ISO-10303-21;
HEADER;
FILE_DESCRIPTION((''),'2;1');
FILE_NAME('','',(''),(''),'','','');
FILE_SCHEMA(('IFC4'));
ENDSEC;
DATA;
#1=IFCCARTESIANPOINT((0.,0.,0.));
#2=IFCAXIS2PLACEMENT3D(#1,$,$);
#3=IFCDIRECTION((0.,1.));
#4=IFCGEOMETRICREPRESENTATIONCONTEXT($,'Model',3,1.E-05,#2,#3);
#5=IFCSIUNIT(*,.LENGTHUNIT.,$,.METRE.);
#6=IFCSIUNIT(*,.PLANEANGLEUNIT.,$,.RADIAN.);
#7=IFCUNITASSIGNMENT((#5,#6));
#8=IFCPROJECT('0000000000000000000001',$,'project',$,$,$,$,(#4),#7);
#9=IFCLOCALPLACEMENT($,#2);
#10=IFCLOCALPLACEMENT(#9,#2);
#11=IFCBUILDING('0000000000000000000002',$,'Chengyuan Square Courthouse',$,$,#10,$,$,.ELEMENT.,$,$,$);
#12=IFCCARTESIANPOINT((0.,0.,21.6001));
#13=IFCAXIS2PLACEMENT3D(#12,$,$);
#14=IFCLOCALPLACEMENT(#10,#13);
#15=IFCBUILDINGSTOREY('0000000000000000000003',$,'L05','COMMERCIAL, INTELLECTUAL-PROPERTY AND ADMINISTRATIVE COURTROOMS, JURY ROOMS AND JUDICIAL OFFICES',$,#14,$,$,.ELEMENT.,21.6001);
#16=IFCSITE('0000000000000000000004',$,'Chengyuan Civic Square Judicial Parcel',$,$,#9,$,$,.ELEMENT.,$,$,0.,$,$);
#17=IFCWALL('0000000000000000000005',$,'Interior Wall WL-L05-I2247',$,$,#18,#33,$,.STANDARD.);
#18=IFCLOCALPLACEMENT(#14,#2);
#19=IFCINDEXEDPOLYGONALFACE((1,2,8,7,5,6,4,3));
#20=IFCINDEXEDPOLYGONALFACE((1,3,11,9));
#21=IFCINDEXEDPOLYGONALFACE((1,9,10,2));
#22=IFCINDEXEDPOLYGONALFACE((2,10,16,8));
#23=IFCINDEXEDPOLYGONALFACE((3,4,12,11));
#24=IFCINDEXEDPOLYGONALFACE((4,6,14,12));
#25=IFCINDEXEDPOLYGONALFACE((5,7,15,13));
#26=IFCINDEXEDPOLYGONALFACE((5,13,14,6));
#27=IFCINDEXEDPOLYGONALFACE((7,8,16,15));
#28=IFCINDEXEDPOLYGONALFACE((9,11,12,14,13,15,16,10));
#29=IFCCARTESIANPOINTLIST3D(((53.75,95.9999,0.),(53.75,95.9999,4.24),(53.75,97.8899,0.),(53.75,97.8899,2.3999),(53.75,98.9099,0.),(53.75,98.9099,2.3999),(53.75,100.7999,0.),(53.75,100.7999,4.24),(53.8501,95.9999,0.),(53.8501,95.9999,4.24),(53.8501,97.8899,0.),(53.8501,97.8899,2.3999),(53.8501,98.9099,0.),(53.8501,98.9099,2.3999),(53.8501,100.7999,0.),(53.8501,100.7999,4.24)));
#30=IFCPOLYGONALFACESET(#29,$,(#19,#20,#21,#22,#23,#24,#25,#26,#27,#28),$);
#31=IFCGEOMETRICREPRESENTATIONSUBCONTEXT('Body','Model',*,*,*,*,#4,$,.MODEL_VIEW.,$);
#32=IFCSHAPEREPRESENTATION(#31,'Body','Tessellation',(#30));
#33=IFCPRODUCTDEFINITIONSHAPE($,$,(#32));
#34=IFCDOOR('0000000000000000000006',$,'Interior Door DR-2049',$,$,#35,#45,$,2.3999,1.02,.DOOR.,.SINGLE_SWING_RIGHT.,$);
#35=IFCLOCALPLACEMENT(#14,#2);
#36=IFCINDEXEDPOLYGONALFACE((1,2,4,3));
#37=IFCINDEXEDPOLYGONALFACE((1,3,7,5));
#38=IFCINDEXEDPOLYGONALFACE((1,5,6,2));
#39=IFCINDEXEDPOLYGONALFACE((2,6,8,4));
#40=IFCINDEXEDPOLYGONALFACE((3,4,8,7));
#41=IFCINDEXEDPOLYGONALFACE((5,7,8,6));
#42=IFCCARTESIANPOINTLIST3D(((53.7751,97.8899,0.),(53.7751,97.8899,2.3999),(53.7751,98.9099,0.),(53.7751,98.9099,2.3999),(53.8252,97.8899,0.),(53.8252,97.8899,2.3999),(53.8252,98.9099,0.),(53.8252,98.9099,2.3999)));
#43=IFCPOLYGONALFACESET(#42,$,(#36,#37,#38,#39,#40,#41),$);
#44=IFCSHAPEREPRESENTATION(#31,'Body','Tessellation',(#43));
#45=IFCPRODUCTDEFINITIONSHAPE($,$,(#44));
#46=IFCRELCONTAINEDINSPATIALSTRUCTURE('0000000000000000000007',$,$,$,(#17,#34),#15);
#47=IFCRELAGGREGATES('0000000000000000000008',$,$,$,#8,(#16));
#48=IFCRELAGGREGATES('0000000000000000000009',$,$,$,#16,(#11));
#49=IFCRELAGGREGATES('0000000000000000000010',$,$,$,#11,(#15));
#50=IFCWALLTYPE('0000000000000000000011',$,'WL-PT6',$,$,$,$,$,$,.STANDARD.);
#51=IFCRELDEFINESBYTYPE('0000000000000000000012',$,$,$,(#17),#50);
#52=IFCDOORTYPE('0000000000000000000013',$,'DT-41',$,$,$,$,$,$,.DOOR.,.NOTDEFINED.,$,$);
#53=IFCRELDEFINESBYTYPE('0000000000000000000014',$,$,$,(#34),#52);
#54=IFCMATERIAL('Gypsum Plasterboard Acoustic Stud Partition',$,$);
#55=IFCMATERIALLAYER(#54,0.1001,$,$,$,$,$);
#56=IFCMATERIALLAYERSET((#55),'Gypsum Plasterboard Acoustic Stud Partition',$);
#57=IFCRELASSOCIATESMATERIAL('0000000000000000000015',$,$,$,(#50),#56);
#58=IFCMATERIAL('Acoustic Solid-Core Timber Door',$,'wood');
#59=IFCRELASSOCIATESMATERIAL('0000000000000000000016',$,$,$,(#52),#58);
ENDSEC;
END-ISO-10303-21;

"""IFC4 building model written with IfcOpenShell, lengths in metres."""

from ifc_helpers import new_model, si_unit, direction, frame, frame_2d, origin, place, context, subcontext, project, spatial, rectangle, extrude, material, layer, layer_set, type_object, element, fill, save


model = new_model("IFC4")

# Units and contexts
model_context = context("Model", 3, precision=1e-05, world=origin(), true_north=direction((0.0, 1.0)))
body_context = subcontext(model_context, "Body", "Model", "MODEL_VIEW")
ifc_project = project(units=[si_unit("LENGTHUNIT", "METRE"), si_unit("PLANEANGLEUNIT", "RADIAN")], contexts=[model_context])

# Site, building, storey
site_placement = place(None, origin())
site = spatial("IfcSite", under=ifc_project, at=site_placement, Name="Chengyuan Civic Square Judicial Parcel", CompositionType="ELEMENT", RefElevation=0.0)
building_placement = place(site_placement, origin())
building = spatial("IfcBuilding", under=site, at=building_placement, Name="Chengyuan Square Courthouse", CompositionType="ELEMENT")
storey_placement = place(building_placement, frame((0.0, 0.0, 21.6001)))
storey = spatial("IfcBuildingStorey", under=building, at=storey_placement, Name="L05", Description="COMMERCIAL, INTELLECTUAL-PROPERTY AND ADMINISTRATIVE COURTROOMS, JURY ROOMS AND JUDICIAL OFFICES", CompositionType="ELEMENT", Elevation=21.6001)

# Shared definitions
ifc_material_1 = material(Name="Acoustic Solid-Core Timber Door", Category="wood")

# Shared definitions
ifc_material_2 = material(Name="Gypsum Plasterboard Acoustic Stud Partition")
ifc_layer_1 = layer(ifc_material_2, 0.1001)
ifc_layer_set_1 = layer_set([ifc_layer_1], Name="Gypsum Plasterboard Acoustic Stud Partition")
wall_type_1 = type_object("IfcWallType", Name="WL-PT6", PredefinedType="STANDARD", material=ifc_layer_set_1)
door_type_1 = type_object("IfcDoorType", Name="DT-41", OperationType="NOTDEFINED", PredefinedType="DOOR", material=ifc_material_1)

# Wall, opening, door
wall_1_placement = place(storey_placement, frame((53.8, 96.0, 0.0), z_axis=(0.0, 0.0, 1.0), x_axis=(0.0, 1.0, 0.0)))
wall_1 = element("IfcWall", 1, at=wall_1_placement, inside=storey, type_object=wall_type_1, Name="Interior Wall WL-L05-I2247", PredefinedType="STANDARD", context=body_context, shape_type="SweptSolid", body=[
    extrude(rectangle(XDim=4.8, YDim=0.1001, at=frame_2d((2.3999, 0.0))), origin(), (0.0, 0.0, 1.0), 4.24),
])
opening_1_placement = place(wall_1_placement, frame((1.8899, 0.0, 0.0)))
opening_1 = element("IfcOpeningElement", 2, at=opening_1_placement, cuts=wall_1, PredefinedType="OPENING", context=body_context, shape_type="SweptSolid", body=[
    extrude(rectangle(XDim=1.02, YDim=2.3999, at=frame_2d((0.51, 1.2))), frame((0.0, 0.062, 0.0), z_axis=(0.0, -1.0, 0.0), x_axis=(1.0, 0.0, 0.0)), (0.0, 0.0, 1.0), 0.124),
])
door_1_placement = place(opening_1_placement, origin())
door_1 = element("IfcDoor", 3, at=door_1_placement, inside=storey, type_object=door_type_1, Name="Interior Door DR-2049", OperationType="SINGLE_SWING_RIGHT", OverallHeight=2.3999, OverallWidth=1.02, PredefinedType="DOOR", context=body_context, shape_type="SweptSolid", body=[
    extrude(rectangle(XDim=1.02, YDim=2.3999, at=frame_2d((0.51, 1.2))), frame((0.0, 0.0249, 0.0), z_axis=(0.0, -1.0, 0.0), x_axis=(1.0, 0.0, 0.0)), (0.0, 0.0, 1.0), 0.05),
])
fill(opening_1, door_1)

save(model, "model.ifc")
